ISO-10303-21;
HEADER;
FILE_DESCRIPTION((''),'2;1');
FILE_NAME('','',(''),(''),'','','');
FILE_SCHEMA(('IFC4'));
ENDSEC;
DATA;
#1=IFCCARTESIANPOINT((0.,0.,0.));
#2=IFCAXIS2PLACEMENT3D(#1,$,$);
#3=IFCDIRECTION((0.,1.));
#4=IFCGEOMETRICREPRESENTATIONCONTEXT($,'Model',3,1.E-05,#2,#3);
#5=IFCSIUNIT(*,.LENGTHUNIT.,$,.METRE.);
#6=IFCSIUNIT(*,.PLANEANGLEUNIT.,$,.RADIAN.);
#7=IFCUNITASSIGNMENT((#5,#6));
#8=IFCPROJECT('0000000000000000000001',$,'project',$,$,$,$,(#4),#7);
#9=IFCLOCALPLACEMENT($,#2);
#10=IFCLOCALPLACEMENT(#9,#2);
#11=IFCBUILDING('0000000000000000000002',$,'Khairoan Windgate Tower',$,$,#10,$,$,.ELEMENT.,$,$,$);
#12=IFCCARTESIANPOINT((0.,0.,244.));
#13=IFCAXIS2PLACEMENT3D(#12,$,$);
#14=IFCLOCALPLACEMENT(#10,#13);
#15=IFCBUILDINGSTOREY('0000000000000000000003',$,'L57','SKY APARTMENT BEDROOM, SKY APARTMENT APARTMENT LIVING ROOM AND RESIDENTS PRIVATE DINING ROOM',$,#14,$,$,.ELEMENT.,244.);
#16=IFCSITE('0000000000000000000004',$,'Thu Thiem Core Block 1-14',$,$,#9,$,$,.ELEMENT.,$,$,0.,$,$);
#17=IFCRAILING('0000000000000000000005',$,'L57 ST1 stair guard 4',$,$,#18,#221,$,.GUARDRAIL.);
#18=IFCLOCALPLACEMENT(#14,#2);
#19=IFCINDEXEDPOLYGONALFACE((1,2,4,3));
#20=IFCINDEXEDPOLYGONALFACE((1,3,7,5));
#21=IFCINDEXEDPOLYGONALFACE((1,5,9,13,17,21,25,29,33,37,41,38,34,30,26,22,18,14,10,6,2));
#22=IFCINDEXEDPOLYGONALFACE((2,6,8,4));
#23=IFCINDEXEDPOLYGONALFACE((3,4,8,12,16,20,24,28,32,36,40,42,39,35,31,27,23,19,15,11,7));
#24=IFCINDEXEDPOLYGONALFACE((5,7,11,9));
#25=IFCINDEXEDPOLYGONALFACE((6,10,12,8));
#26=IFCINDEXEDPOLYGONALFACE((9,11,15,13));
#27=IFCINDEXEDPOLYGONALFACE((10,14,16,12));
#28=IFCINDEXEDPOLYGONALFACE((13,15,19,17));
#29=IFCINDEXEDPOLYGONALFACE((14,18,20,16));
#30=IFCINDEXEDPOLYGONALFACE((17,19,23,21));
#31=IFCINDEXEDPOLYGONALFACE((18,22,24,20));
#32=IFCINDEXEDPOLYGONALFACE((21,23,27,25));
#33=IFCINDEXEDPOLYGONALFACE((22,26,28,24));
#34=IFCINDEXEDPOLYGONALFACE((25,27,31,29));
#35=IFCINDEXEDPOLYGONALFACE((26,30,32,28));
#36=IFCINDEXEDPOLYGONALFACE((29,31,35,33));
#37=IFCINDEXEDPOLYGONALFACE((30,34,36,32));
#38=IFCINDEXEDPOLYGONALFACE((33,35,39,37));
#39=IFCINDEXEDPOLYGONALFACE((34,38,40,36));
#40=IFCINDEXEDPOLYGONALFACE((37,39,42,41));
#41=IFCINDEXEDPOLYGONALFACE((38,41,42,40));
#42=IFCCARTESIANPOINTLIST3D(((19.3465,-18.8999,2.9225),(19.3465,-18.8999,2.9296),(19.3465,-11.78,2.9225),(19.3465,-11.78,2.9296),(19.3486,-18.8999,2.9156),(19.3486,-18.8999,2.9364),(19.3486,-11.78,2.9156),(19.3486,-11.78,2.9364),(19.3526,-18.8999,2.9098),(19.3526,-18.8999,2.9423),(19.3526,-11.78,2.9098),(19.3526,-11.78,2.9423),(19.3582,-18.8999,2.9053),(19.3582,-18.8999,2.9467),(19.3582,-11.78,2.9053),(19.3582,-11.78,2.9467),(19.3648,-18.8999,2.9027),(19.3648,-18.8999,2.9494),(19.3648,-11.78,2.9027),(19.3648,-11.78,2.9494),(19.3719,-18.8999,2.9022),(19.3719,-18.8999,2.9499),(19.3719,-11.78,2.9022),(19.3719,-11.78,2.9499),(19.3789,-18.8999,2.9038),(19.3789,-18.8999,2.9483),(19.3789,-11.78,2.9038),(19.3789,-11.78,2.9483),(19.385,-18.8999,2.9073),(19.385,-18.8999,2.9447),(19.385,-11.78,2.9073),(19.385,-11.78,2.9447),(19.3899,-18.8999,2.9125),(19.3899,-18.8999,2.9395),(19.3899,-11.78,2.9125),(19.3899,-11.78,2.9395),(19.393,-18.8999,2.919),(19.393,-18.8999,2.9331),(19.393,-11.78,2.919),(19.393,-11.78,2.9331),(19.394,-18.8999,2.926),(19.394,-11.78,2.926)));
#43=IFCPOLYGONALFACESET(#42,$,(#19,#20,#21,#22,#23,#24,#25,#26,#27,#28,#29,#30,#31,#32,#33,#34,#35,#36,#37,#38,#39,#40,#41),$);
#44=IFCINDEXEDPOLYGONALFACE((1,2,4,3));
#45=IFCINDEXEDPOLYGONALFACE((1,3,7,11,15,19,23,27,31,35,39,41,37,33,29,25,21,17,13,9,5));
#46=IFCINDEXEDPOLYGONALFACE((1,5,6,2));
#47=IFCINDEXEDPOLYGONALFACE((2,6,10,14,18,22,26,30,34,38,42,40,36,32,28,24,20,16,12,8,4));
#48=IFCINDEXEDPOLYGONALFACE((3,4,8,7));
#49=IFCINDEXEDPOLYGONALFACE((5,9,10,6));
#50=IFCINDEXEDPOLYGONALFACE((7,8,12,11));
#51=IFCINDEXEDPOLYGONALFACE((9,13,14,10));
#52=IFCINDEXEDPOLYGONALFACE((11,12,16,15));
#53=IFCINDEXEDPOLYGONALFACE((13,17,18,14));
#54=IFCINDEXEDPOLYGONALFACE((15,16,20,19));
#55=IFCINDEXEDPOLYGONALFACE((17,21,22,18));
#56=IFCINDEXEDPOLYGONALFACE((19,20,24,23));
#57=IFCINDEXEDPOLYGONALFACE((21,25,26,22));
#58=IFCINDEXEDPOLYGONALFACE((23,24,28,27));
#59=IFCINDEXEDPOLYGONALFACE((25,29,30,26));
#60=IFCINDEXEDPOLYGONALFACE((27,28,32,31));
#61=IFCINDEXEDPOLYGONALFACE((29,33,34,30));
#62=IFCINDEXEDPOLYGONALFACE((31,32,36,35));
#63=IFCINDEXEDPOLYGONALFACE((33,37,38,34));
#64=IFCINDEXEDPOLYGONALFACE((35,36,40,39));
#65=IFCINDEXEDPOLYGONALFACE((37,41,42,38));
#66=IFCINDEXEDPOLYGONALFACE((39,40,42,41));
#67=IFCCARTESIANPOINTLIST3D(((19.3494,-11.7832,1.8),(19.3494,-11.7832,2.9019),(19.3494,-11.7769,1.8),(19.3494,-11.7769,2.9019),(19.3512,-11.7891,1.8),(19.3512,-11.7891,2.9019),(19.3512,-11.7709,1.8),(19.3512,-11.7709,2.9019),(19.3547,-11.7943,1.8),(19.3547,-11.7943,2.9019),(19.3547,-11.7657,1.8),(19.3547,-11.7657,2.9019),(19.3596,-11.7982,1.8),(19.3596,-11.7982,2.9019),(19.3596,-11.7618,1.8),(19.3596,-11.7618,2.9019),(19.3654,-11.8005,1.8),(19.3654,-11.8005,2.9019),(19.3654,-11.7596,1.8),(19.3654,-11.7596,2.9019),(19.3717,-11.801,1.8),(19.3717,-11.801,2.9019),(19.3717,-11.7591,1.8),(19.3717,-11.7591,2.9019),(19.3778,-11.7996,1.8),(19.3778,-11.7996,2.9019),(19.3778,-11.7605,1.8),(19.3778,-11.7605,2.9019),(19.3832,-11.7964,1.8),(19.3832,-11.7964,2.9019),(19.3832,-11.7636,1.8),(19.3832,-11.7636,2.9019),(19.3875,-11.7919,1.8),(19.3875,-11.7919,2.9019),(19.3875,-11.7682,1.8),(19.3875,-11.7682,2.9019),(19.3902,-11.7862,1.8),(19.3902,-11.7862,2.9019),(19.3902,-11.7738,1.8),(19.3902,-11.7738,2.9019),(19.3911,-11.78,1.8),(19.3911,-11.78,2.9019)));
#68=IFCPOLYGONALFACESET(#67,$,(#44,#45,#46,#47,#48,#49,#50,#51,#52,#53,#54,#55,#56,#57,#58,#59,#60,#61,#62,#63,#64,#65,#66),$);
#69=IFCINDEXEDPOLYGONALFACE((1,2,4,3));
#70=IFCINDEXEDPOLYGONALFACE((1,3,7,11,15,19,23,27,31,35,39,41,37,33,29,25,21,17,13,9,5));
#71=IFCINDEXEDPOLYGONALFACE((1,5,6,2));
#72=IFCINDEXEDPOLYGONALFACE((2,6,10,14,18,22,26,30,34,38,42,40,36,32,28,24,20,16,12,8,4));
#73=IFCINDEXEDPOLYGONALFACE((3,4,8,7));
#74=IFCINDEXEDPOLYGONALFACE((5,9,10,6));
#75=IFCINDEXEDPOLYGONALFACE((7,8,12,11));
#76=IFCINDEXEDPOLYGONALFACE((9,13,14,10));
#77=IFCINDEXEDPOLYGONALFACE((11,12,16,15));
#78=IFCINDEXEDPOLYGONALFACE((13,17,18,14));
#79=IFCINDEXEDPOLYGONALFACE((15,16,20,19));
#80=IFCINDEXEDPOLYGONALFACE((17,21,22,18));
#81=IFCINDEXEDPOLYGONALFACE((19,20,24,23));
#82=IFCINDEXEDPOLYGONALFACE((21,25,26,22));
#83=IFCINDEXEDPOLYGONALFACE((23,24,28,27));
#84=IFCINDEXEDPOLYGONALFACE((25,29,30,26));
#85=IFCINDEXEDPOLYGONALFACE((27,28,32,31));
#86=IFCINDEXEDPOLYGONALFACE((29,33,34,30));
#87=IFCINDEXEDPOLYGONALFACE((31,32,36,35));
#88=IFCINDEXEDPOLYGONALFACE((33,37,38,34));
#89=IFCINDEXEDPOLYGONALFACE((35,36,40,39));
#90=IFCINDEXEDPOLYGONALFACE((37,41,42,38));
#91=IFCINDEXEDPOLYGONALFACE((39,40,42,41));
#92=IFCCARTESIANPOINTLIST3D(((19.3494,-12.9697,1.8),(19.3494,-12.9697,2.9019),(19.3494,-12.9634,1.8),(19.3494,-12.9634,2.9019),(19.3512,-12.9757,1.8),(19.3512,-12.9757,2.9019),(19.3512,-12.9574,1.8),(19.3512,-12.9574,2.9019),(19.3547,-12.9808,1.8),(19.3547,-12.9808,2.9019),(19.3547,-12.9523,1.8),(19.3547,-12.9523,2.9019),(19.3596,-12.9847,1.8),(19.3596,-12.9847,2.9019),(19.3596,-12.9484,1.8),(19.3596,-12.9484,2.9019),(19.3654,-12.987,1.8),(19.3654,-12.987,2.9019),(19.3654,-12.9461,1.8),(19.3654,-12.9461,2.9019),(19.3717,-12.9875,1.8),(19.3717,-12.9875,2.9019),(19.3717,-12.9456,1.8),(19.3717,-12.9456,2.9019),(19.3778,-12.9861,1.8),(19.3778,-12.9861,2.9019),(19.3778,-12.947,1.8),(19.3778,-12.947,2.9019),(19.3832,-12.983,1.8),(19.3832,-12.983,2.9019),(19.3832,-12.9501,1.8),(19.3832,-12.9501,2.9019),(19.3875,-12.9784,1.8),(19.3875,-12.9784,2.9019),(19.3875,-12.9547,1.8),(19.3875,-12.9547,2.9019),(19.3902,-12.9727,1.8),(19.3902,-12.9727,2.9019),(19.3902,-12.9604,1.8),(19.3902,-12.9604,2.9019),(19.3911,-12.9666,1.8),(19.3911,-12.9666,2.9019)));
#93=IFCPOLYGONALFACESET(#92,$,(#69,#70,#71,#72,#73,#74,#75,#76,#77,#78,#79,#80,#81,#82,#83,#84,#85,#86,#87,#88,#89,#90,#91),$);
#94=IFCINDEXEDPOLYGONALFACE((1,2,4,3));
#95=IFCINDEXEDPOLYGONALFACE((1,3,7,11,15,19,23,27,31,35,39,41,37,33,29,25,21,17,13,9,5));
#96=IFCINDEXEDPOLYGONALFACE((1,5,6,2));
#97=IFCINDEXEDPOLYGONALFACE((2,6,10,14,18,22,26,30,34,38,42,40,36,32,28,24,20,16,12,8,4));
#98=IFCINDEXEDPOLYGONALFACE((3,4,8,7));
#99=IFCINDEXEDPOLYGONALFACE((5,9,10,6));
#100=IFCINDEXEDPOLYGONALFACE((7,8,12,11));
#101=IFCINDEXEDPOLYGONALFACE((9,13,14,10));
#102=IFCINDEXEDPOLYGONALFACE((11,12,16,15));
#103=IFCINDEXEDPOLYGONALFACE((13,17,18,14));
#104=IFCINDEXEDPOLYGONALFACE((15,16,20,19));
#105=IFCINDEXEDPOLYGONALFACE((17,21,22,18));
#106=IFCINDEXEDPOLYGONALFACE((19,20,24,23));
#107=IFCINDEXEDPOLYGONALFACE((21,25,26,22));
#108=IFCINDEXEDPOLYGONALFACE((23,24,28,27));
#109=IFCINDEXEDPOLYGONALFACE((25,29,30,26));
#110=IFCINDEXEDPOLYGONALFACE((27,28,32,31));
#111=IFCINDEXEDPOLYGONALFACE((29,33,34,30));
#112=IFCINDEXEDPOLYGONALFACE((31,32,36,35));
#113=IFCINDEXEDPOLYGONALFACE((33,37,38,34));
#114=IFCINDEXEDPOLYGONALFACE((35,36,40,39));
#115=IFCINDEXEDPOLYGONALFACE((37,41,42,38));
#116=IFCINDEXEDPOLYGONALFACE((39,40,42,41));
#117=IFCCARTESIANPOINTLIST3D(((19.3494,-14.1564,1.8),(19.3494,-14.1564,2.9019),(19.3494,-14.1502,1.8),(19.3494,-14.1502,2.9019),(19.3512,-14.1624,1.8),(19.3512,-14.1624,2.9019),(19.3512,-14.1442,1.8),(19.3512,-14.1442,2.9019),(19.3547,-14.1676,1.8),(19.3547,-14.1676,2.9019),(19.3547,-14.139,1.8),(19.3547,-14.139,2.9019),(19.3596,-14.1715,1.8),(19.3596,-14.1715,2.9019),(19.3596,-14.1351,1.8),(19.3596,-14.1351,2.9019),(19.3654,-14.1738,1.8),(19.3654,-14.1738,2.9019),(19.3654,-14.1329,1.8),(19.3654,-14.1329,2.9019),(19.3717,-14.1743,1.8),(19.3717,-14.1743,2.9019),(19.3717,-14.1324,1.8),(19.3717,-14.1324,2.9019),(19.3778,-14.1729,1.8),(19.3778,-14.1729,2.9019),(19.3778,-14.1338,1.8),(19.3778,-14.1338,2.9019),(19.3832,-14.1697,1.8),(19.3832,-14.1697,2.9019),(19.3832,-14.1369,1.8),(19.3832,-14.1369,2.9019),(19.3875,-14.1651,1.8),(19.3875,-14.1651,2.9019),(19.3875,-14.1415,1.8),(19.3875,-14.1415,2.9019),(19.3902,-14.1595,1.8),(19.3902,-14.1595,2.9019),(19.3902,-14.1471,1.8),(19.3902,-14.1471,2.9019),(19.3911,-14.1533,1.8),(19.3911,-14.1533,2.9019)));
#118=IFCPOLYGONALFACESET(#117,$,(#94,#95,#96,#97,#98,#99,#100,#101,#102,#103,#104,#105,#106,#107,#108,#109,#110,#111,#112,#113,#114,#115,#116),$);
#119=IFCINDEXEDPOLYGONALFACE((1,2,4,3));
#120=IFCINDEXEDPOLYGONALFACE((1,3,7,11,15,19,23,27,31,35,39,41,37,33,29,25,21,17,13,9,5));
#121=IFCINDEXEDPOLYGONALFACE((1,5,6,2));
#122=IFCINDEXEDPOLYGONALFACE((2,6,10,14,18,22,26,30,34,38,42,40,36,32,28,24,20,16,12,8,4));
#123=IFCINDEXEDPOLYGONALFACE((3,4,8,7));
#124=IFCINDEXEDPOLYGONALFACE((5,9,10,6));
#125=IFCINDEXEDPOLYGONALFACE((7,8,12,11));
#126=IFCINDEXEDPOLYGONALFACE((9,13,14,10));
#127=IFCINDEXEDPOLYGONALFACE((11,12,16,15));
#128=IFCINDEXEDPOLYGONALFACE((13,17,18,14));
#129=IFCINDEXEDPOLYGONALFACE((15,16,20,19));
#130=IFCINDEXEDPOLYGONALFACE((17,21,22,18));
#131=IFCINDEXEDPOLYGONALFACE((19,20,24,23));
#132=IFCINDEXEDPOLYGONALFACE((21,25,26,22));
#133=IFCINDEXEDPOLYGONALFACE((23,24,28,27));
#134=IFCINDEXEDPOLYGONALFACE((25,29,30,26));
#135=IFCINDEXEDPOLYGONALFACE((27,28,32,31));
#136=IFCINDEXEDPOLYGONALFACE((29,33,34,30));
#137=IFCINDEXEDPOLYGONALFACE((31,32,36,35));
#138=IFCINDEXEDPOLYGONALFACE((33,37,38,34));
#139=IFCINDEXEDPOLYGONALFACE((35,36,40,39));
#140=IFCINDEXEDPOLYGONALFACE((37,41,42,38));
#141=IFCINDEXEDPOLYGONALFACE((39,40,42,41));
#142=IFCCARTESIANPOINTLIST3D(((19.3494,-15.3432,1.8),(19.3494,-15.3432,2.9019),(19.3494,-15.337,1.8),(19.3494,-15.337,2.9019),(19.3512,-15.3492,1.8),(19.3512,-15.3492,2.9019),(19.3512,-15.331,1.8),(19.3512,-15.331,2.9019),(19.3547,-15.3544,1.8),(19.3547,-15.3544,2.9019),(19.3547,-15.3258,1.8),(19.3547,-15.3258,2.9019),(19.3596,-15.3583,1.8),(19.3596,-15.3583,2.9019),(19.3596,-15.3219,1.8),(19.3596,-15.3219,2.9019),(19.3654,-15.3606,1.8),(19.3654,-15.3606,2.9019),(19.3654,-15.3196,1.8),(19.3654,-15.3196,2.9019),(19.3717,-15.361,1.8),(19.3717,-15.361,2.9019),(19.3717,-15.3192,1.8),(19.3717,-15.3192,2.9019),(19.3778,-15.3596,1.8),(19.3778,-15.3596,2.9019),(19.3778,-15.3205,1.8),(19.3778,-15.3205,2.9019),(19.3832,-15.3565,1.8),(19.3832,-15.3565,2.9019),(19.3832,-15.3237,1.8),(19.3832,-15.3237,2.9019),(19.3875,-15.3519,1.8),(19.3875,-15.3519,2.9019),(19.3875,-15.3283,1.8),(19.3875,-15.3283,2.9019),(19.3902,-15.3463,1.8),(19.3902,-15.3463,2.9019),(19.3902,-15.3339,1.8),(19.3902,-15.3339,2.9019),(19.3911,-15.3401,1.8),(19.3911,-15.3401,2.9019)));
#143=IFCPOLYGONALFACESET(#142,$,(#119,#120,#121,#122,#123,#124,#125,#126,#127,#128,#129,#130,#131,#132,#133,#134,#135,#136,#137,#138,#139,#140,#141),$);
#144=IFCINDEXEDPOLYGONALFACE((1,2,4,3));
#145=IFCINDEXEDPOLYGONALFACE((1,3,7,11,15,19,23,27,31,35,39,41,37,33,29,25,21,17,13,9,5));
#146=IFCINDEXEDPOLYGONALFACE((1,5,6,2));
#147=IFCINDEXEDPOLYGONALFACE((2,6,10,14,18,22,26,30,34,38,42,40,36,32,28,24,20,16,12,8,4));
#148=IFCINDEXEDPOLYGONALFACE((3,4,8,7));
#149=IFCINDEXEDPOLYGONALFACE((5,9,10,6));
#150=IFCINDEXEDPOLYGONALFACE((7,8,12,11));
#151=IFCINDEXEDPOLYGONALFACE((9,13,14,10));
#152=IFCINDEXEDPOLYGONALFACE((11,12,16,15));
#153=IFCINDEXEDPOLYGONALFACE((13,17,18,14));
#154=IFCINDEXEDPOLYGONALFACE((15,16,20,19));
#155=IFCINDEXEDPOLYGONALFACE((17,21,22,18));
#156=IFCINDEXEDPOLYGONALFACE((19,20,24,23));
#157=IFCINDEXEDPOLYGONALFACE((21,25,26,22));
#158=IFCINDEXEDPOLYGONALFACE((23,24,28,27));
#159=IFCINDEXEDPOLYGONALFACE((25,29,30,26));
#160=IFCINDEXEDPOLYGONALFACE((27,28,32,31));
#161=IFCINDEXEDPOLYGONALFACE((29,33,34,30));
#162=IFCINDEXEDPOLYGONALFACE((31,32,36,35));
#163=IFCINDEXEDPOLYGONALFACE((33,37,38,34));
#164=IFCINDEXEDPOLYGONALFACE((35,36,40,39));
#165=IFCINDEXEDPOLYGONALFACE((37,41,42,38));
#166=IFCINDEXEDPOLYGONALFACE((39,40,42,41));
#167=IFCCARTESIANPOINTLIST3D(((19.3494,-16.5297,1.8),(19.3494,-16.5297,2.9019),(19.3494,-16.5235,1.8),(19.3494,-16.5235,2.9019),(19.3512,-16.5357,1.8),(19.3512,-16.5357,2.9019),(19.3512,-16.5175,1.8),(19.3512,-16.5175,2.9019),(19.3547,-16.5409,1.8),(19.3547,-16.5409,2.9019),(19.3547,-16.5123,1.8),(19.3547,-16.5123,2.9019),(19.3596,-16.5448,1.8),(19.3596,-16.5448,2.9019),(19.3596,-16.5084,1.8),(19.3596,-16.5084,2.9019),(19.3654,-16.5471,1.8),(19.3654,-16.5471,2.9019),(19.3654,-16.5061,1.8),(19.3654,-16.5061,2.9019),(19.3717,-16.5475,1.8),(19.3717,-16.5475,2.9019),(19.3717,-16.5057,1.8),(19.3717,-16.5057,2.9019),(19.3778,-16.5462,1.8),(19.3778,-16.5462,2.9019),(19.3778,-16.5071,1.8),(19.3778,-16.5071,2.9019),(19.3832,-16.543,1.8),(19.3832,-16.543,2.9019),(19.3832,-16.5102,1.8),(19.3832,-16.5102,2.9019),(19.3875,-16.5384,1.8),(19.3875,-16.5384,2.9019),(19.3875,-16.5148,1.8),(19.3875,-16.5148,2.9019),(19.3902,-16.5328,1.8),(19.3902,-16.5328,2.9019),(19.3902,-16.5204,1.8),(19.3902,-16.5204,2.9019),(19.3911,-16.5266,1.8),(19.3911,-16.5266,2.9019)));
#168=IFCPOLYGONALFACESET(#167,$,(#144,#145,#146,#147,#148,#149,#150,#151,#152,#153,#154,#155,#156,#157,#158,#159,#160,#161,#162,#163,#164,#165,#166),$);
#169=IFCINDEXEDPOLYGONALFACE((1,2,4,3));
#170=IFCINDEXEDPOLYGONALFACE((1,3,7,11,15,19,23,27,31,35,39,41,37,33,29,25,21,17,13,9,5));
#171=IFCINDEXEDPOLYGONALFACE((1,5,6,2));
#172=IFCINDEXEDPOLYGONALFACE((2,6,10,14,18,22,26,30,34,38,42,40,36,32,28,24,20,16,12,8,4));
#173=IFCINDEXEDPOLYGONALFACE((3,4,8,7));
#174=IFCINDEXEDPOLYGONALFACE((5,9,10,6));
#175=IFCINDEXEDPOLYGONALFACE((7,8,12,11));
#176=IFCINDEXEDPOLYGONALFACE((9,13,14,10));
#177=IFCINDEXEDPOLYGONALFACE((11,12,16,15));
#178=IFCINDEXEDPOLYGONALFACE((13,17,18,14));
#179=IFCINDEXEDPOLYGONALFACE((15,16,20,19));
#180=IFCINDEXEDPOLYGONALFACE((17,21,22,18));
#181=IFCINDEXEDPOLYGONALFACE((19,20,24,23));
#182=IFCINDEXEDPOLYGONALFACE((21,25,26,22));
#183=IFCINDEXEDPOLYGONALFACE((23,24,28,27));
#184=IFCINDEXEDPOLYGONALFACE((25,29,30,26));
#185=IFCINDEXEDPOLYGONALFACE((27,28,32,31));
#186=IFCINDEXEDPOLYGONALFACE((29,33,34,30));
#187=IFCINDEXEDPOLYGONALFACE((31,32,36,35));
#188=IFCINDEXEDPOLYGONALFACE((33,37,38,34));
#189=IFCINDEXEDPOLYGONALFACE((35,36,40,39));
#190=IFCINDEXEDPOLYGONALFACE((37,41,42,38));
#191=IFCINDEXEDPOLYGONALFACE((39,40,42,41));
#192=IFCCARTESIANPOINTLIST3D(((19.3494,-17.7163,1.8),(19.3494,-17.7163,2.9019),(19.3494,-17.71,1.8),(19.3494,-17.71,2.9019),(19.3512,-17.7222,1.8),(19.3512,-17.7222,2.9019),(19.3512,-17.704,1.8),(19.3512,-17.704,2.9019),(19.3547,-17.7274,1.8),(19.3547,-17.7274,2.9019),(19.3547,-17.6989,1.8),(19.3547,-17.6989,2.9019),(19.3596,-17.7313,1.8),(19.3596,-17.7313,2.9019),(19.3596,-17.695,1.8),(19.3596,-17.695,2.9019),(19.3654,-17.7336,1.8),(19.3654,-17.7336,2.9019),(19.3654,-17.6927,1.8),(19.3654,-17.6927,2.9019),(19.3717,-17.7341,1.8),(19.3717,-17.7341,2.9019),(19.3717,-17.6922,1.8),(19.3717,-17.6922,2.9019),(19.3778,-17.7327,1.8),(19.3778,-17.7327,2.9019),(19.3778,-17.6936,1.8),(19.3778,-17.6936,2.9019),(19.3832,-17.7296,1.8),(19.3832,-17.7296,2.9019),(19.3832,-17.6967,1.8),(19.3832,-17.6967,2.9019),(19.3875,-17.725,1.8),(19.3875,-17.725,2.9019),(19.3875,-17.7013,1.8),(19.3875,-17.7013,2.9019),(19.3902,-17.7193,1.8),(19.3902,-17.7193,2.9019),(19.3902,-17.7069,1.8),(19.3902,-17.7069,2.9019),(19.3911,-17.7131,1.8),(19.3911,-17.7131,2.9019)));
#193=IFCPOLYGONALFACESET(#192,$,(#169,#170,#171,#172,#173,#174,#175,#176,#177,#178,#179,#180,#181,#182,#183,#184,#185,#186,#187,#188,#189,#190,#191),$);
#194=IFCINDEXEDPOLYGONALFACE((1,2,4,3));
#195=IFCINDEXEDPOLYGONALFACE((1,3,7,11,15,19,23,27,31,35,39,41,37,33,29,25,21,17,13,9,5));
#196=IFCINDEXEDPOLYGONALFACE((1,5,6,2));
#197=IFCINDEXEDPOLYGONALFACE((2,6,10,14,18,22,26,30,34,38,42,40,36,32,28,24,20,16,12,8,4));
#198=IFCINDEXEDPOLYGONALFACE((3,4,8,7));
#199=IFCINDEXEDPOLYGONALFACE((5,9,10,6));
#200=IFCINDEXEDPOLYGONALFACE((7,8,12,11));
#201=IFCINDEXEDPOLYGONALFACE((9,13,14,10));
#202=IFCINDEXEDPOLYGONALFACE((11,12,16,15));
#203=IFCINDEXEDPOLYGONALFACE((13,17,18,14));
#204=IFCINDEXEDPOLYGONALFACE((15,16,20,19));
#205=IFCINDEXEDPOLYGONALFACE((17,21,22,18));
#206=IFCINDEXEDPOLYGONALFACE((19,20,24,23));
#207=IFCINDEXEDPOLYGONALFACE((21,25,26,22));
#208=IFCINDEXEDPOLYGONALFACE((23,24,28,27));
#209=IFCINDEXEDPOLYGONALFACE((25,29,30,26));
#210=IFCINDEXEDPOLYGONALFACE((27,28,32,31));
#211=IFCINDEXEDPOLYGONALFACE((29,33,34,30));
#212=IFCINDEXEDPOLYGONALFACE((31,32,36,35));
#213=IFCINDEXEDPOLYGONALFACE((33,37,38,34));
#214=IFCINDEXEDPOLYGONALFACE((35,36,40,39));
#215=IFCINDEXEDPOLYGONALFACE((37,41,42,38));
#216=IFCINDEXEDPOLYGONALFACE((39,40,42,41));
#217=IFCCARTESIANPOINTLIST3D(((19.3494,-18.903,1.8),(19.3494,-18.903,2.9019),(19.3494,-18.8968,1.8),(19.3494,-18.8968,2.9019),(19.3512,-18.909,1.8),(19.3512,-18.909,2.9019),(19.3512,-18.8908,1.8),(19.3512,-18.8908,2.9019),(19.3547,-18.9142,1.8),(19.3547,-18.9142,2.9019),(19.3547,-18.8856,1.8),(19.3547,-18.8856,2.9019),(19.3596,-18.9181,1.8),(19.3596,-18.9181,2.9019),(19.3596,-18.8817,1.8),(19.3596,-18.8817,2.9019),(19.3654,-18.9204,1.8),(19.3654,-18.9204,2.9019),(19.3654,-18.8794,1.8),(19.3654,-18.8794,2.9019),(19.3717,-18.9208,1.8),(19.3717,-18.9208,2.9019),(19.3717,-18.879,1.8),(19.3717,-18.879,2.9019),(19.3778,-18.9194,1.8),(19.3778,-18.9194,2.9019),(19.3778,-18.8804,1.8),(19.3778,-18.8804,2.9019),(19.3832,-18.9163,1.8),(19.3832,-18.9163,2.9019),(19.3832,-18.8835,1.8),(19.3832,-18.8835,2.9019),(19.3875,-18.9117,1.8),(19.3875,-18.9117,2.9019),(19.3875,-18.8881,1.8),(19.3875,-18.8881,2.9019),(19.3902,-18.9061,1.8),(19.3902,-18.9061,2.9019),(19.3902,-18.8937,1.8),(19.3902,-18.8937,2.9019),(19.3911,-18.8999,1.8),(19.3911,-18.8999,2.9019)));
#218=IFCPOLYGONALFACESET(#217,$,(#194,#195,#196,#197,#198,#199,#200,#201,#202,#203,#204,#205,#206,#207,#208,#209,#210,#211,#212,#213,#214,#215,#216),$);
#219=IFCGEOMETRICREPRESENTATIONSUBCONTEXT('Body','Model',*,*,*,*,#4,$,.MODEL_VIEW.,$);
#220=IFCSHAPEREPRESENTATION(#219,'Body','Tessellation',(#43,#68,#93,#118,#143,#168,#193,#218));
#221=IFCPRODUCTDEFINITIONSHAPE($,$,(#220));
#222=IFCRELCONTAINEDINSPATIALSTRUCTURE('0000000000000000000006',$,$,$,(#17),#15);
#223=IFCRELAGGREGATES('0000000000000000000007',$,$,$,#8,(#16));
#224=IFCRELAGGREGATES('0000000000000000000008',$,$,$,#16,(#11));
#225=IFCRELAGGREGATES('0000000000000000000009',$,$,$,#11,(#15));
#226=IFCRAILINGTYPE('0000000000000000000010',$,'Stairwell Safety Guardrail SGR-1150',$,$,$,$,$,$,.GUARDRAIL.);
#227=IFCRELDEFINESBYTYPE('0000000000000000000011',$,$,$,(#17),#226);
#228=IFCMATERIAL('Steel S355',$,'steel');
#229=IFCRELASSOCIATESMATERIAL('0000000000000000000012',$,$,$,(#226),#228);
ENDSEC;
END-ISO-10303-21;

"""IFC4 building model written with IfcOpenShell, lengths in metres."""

from ifc_helpers import new_model, si_unit, direction, frame, origin, origin_2d, place, context, subcontext, project, spatial, circle, extrude, material, type_object, element, save


model = new_model("IFC4")

# Units and contexts
model_context = context("Model", 3, precision=1e-05, world=origin(), true_north=direction((0.0, 1.0)))
body_context = subcontext(model_context, "Body", "Model", "MODEL_VIEW")
ifc_project = project(units=[si_unit("LENGTHUNIT", "METRE"), si_unit("PLANEANGLEUNIT", "RADIAN")], contexts=[model_context])

# Site, building, storey
site_placement = place(None, origin())
site = spatial("IfcSite", under=ifc_project, at=site_placement, Name="Thu Thiem Core Block 1-14", CompositionType="ELEMENT", RefElevation=0.0)
building_placement = place(site_placement, origin())
building = spatial("IfcBuilding", under=site, at=building_placement, Name="Khairoan Windgate Tower", CompositionType="ELEMENT")
storey_placement = place(building_placement, frame((0.0, 0.0, 244.0)))
storey = spatial("IfcBuildingStorey", under=building, at=storey_placement, Name="L57", Description="SKY APARTMENT BEDROOM, SKY APARTMENT APARTMENT LIVING ROOM AND RESIDENTS PRIVATE DINING ROOM", CompositionType="ELEMENT", Elevation=244.0)

# Railing
ifc_material_1 = material(Name="Steel S355", Category="steel")
railing_type_1 = type_object("IfcRailingType", Name="Stairwell Safety Guardrail SGR-1150", PredefinedType="GUARDRAIL", material=ifc_material_1)
railing_1_placement = place(storey_placement, frame((19.3701, -11.78, 1.8)))
element("IfcRailing", 1, at=railing_1_placement, inside=storey, type_object=railing_type_1, Name="L57 ST1 stair guard 4", PredefinedType="GUARDRAIL", context=body_context, shape_type="SweptSolid", body=[
    extrude(circle(Radius=0.0239, at=origin_2d()), frame((0.0, 0.0, 1.126), z_axis=(0.0, -1.0, 0.0), x_axis=(1.0, 0.0, 0.0)), (0.0, 0.0, 1.0), 7.1199),
    extrude(circle(Radius=0.021, at=origin_2d()), origin(), (0.0, 0.0, 1.0), 1.1018),
    extrude(circle(Radius=0.021, at=origin_2d()), frame((0.0, -1.1865, 0.0)), (0.0, 0.0, 1.0), 1.1018),
    extrude(circle(Radius=0.021, at=origin_2d()), frame((0.0, -2.3733, 0.0)), (0.0, 0.0, 1.0), 1.1018),
    extrude(circle(Radius=0.021, at=origin_2d()), frame((0.0, -3.5601, 0.0)), (0.0, 0.0, 1.0), 1.1018),
    extrude(circle(Radius=0.021, at=origin_2d()), frame((0.0, -4.7466, 0.0)), (0.0, 0.0, 1.0), 1.1018),
    extrude(circle(Radius=0.021, at=origin_2d()), frame((0.0, -5.9331, 0.0)), (0.0, 0.0, 1.0), 1.1018),
    extrude(circle(Radius=0.021, at=origin_2d()), frame((0.0, -7.1199, 0.0)), (0.0, 0.0, 1.0), 1.1018),
])

save(model, "model.ifc")
